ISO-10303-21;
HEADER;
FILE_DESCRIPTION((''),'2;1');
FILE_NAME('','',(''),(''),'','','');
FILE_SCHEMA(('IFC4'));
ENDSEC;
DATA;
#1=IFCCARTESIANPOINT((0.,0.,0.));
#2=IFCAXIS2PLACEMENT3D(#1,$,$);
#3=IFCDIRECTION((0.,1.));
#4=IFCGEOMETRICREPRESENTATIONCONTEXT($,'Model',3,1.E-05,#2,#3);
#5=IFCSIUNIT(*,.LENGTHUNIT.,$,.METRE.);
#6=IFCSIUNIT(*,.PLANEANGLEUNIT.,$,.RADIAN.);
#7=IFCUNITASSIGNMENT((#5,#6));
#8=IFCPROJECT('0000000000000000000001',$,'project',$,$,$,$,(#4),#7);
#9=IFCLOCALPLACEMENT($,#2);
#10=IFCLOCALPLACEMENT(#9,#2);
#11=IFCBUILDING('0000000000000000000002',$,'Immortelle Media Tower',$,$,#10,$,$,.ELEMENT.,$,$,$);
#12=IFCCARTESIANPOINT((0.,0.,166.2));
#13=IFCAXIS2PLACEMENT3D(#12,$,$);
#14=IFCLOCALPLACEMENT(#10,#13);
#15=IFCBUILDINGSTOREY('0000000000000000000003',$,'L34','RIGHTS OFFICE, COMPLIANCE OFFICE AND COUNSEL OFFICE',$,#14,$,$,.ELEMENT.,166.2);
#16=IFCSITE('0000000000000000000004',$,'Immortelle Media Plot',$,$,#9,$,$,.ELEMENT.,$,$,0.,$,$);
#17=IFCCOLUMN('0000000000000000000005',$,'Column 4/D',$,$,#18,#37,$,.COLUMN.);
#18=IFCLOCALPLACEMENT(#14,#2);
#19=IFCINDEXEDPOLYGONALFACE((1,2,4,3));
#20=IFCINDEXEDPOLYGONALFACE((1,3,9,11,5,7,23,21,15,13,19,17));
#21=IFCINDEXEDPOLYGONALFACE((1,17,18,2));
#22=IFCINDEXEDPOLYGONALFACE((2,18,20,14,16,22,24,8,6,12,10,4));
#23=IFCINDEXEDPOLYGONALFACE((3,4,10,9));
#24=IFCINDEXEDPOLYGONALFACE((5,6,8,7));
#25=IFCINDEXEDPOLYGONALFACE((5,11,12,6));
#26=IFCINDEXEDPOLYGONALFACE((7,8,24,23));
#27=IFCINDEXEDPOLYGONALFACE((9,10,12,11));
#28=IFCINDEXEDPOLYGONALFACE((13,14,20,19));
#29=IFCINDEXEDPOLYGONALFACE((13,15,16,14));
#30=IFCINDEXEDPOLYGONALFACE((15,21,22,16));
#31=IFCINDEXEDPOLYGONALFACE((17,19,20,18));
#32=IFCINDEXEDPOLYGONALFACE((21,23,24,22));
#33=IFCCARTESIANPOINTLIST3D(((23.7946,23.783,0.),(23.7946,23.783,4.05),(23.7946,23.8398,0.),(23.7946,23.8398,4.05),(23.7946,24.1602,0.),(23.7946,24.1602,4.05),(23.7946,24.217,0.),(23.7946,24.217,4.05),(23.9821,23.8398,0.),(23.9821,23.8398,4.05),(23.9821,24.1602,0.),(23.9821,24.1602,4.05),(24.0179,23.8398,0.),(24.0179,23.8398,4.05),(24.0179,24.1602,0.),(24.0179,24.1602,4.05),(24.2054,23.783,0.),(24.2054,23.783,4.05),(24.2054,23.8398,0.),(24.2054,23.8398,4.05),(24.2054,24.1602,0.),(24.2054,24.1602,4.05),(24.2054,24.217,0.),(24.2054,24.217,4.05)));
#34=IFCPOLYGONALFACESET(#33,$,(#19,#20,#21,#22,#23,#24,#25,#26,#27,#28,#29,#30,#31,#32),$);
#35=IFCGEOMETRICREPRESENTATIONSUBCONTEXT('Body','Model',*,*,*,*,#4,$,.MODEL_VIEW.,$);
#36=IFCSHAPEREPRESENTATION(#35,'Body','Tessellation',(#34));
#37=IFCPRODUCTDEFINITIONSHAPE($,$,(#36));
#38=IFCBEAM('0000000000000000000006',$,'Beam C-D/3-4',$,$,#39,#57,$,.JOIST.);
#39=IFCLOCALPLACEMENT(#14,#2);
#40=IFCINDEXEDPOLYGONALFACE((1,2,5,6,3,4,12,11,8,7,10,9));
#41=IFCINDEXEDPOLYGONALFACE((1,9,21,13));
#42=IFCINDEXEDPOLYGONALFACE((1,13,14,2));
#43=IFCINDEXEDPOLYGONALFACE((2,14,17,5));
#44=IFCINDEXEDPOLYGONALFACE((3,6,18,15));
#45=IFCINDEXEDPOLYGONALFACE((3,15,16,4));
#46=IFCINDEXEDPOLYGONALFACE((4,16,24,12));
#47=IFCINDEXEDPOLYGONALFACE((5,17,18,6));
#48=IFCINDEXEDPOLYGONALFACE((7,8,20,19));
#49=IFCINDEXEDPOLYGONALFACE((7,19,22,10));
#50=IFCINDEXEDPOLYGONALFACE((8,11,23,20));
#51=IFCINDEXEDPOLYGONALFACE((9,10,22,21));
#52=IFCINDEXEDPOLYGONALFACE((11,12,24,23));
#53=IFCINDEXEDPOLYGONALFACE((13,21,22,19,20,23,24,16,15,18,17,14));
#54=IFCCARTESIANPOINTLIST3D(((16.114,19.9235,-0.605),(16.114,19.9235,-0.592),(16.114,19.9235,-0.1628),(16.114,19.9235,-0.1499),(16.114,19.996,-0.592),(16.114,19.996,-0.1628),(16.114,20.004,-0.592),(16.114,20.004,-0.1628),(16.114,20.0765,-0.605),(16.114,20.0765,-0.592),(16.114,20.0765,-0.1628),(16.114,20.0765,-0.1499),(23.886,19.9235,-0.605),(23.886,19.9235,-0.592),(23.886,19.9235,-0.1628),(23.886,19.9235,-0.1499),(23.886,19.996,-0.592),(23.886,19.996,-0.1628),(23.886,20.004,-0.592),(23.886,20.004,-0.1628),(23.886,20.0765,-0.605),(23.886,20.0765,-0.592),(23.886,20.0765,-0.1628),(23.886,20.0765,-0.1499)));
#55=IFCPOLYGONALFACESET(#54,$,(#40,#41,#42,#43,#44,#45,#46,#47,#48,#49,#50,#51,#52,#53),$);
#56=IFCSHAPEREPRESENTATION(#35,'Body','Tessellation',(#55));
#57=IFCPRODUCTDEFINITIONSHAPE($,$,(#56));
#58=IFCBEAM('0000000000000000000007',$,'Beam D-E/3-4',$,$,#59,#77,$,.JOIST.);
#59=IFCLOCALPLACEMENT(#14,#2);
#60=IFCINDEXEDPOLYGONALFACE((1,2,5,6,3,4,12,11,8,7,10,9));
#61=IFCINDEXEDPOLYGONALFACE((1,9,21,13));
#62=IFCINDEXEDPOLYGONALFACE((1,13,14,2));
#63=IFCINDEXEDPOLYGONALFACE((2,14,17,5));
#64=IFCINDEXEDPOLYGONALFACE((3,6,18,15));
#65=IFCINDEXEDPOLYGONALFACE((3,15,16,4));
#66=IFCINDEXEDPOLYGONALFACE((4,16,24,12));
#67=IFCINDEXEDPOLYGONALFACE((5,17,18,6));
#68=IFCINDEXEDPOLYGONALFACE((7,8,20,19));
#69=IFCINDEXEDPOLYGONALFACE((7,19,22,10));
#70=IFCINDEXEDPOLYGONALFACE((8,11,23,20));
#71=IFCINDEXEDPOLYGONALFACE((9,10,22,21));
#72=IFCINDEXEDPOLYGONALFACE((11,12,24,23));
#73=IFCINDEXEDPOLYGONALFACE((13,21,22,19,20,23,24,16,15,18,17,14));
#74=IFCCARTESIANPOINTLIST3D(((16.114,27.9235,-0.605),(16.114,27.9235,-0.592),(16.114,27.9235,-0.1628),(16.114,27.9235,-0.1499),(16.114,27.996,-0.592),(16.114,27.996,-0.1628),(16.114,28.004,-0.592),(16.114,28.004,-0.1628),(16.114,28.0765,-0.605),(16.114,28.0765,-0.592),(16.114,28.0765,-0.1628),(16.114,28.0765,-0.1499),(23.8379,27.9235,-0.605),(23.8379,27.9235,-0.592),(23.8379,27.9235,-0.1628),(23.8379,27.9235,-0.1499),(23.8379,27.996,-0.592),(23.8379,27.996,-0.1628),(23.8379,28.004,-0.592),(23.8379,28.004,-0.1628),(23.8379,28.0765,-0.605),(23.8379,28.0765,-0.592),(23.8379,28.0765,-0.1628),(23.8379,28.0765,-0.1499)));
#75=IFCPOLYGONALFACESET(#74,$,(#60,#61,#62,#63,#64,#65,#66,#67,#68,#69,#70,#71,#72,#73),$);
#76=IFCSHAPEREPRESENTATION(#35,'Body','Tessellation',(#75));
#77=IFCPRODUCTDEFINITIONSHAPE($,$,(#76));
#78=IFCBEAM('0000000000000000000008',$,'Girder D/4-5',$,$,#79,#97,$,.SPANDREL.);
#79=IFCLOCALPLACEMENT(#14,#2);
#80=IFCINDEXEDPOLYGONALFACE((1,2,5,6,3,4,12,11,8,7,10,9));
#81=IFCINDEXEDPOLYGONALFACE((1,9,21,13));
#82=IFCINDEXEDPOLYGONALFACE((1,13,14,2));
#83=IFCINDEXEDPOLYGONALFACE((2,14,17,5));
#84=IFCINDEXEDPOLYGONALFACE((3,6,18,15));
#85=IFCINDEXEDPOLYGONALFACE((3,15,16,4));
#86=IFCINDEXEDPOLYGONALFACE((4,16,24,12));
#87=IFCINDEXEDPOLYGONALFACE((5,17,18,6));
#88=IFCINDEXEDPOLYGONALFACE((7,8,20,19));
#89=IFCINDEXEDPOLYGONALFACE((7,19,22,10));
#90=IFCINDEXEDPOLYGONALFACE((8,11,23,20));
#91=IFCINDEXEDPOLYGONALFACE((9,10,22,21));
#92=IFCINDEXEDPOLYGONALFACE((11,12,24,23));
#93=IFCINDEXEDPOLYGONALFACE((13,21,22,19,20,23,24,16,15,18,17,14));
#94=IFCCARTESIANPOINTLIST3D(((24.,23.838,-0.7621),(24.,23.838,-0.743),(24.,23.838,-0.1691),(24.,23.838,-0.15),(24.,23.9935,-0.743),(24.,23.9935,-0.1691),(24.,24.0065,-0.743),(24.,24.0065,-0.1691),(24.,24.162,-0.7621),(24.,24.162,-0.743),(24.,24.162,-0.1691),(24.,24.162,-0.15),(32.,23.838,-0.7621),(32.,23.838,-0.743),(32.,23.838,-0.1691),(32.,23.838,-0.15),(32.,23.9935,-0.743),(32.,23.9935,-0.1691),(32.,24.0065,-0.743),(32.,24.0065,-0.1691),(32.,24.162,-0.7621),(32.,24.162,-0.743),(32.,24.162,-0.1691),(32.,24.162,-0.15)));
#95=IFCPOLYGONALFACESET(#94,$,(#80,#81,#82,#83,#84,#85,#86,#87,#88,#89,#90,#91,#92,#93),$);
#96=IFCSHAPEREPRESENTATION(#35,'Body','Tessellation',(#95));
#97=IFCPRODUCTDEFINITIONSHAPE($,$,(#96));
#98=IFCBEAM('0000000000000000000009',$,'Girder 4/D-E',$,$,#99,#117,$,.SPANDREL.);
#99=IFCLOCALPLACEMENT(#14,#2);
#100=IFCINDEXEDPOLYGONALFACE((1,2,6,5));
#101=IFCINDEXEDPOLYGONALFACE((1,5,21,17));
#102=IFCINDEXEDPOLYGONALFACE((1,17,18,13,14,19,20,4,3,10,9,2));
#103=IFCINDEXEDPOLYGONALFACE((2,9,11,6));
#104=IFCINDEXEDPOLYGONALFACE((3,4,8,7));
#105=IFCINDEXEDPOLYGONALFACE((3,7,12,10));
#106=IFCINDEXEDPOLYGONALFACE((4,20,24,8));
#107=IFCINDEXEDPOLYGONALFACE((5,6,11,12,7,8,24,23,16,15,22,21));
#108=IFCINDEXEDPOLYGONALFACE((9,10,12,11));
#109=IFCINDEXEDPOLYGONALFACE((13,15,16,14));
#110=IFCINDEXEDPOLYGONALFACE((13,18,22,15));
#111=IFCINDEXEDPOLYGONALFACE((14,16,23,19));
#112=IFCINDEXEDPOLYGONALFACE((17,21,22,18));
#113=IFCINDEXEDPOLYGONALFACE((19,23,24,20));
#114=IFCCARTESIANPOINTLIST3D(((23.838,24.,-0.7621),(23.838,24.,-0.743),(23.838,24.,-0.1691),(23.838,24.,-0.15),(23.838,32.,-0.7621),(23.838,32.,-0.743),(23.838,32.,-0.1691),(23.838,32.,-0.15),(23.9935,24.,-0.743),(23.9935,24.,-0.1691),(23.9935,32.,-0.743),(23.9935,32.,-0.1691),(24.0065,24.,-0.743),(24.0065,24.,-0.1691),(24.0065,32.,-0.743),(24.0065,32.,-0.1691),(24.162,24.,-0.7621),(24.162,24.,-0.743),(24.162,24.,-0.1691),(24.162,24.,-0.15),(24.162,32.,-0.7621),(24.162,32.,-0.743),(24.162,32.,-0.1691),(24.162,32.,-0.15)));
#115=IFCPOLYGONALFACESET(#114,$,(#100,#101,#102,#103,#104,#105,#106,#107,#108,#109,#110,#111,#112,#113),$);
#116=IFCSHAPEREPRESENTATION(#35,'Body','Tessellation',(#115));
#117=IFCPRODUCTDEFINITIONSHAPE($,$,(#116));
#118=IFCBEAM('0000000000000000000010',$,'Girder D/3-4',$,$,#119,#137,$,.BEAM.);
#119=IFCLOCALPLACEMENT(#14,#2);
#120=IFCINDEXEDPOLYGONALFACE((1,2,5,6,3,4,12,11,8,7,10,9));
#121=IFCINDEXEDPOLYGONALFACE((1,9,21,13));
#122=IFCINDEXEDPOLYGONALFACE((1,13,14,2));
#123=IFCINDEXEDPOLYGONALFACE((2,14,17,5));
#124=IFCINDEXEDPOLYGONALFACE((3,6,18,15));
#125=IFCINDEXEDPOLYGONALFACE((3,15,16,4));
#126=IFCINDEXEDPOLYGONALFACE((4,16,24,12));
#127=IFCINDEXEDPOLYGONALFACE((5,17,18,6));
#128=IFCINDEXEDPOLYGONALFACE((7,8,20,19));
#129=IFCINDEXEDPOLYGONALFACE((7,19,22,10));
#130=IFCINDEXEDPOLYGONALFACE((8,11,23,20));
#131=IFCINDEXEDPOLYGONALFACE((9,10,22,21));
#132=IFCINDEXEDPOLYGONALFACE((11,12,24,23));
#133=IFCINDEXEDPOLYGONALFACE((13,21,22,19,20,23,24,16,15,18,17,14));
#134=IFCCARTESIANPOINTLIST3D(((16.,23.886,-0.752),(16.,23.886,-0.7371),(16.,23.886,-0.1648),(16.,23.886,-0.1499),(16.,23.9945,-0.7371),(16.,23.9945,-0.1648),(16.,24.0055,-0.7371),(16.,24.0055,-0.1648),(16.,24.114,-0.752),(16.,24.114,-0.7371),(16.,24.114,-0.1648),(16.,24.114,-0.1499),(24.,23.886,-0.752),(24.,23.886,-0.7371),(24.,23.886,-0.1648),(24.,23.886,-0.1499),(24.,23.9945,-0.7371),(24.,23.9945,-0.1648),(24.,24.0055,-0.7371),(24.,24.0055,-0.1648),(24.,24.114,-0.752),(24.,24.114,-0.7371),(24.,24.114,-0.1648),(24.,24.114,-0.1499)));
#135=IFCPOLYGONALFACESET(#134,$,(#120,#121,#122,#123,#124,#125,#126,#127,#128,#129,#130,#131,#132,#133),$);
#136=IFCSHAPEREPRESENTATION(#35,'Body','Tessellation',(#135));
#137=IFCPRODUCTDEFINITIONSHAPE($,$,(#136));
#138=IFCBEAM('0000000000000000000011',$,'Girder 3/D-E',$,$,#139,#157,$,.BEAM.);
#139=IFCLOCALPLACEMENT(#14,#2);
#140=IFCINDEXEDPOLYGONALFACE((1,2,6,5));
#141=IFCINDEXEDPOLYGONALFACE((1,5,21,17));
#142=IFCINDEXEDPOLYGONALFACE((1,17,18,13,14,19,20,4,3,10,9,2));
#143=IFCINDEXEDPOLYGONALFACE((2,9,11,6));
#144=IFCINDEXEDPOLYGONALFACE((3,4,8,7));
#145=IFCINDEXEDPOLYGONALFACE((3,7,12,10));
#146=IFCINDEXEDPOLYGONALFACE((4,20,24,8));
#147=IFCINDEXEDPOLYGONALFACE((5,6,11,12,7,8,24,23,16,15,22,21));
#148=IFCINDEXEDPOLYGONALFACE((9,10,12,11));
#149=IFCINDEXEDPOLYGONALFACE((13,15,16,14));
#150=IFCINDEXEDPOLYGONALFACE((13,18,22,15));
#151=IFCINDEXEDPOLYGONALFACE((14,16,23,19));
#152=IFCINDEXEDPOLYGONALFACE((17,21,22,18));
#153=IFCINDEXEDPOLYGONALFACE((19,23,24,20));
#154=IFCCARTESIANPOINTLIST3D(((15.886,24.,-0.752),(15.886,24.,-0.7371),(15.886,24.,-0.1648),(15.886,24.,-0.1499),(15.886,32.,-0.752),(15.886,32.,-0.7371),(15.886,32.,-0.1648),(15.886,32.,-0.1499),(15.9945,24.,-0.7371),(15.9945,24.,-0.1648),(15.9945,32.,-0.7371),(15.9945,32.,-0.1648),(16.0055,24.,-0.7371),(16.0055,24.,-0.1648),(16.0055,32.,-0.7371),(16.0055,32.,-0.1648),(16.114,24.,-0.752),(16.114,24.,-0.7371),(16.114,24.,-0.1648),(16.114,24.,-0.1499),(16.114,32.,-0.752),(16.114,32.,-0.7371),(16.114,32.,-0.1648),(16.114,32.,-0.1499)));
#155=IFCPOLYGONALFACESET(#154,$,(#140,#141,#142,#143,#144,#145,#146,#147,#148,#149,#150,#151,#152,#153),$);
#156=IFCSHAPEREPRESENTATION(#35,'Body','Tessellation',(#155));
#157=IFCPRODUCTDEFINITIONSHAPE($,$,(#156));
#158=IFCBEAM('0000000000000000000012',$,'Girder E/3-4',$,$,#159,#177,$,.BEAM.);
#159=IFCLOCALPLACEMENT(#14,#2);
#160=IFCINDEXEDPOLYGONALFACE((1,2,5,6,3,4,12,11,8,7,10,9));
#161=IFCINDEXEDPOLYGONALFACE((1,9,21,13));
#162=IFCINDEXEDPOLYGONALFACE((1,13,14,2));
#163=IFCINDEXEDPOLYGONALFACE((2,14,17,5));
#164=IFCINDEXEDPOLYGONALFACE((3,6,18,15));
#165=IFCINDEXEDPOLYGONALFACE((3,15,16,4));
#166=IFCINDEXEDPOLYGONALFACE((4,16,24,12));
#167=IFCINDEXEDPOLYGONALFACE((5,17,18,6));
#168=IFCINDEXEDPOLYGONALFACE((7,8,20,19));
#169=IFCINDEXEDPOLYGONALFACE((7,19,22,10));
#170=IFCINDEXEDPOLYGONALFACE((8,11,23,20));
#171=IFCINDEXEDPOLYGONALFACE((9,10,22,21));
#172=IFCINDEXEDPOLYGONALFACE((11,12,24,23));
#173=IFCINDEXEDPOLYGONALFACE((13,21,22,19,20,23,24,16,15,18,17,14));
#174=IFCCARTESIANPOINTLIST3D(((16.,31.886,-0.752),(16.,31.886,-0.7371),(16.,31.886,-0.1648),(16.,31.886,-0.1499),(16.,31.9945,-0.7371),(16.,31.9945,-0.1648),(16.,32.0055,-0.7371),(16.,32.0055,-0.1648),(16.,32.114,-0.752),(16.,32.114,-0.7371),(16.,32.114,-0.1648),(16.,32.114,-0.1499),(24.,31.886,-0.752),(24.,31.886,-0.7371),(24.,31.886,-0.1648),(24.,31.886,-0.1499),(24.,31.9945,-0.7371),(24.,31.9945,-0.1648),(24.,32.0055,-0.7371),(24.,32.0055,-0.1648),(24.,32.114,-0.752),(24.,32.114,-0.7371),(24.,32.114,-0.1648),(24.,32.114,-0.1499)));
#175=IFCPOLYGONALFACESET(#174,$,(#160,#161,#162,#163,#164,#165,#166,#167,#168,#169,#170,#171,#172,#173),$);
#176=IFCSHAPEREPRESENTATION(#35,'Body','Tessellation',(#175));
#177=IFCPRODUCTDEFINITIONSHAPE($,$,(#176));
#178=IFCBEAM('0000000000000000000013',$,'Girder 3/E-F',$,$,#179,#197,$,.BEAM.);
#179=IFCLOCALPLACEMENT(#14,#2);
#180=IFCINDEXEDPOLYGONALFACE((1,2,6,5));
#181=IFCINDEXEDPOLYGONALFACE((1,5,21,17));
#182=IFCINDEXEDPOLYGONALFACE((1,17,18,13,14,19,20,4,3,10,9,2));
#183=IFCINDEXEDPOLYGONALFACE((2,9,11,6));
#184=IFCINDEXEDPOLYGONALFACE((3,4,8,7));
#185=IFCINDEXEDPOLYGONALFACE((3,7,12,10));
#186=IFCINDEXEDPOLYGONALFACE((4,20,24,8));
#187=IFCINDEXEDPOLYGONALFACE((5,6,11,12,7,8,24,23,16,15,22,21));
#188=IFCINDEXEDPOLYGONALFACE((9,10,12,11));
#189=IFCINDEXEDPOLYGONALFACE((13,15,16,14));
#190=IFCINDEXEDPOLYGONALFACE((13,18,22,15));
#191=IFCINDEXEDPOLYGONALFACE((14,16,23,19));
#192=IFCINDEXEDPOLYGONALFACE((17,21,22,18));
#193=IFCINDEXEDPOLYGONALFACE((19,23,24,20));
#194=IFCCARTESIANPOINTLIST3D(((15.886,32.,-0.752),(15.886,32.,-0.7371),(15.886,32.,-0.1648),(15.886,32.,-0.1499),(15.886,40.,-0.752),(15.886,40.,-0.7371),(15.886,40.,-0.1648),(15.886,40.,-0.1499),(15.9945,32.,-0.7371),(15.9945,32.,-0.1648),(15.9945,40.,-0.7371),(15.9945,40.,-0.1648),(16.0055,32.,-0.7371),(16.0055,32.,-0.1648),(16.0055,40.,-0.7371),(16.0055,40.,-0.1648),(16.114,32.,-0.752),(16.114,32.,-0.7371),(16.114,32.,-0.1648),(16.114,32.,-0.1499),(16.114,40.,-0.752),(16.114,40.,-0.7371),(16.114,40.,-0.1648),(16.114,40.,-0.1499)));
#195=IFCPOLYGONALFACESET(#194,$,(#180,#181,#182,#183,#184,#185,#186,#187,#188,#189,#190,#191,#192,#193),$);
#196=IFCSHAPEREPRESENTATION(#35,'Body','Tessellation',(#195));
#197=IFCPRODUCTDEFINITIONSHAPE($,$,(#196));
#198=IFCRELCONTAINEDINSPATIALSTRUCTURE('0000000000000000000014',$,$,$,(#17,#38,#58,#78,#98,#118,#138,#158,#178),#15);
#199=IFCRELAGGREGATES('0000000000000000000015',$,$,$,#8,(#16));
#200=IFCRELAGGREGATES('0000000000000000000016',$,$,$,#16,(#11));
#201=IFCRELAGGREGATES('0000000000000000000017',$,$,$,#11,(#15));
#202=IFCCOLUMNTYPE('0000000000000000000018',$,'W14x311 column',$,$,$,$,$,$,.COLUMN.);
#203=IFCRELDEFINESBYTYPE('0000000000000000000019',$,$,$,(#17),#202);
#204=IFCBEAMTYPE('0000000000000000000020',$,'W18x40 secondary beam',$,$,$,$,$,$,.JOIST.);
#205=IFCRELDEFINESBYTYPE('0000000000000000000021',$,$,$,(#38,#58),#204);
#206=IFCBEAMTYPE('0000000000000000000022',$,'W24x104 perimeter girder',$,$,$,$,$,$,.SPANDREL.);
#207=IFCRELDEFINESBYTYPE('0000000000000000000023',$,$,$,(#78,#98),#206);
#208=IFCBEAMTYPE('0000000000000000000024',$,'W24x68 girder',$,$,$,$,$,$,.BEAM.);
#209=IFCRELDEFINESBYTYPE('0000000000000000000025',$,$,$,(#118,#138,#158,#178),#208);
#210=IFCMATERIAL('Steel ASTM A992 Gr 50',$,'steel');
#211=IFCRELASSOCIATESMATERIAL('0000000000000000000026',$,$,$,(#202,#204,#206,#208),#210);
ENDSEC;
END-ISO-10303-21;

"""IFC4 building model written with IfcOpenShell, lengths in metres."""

from ifc_helpers import new_model, si_unit, direction, frame, origin, origin_2d, place, context, subcontext, project, spatial, i_section, extrude, material, material_profile, profile_set, type_object, element, save


model = new_model("IFC4")

# Units and contexts
model_context = context("Model", 3, precision=1e-05, world=origin(), true_north=direction((0.0, 1.0)))
body_context = subcontext(model_context, "Body", "Model", "MODEL_VIEW")
ifc_project = project(units=[si_unit("LENGTHUNIT", "METRE"), si_unit("PLANEANGLEUNIT", "RADIAN")], contexts=[model_context])

# Site, building, storey
site_placement = place(None, origin())
site = spatial("IfcSite", under=ifc_project, at=site_placement, Name="Immortelle Media Plot", CompositionType="ELEMENT", RefElevation=0.0)
building_placement = place(site_placement, origin())
building = spatial("IfcBuilding", under=site, at=building_placement, Name="Immortelle Media Tower", CompositionType="ELEMENT")
storey_placement = place(building_placement, frame((0.0, 0.0, 166.2)))
storey = spatial("IfcBuildingStorey", under=building, at=storey_placement, Name="L34", Description="RIGHTS OFFICE, COMPLIANCE OFFICE AND COUNSEL OFFICE", CompositionType="ELEMENT", Elevation=166.2)

# Column
ifc_material_1 = material(Name="Steel ASTM A992 Gr 50", Category="steel")
ifc_material_profile_1 = material_profile(ifc_material_1, i_section(OverallWidth=0.4109, OverallDepth=0.4341, WebThickness=0.0359, FlangeThickness=0.0569, at=origin_2d()), Name="W14x311")
ifc_profile_set_1 = profile_set([ifc_material_profile_1], Name="Steel ASTM A992 Gr 50")
column_type = type_object("IfcColumnType", Name="W14x311 column", PredefinedType="COLUMN", material=ifc_profile_set_1)
column_placement = place(storey_placement, frame((24.0, 24.0, 0.0), z_axis=(0.0, 0.0, 1.0), x_axis=(1.0, 0.0, 0.0)))
element("IfcColumn", 1, at=column_placement, inside=storey, type_object=column_type, Name="Column 4/D", PredefinedType="COLUMN", context=body_context, shape_type="SweptSolid", body=[
    extrude(i_section(OverallWidth=0.4109, OverallDepth=0.4341, WebThickness=0.0359, FlangeThickness=0.0569, at=origin_2d()), origin(), (0.0, 0.0, 1.0), 4.05),
])

# Beams
ifc_material_profile_2 = material_profile(ifc_material_1, i_section(OverallWidth=0.1531, OverallDepth=0.4551, WebThickness=0.0081, FlangeThickness=0.0129, at=origin_2d()), Name="W18x40")
ifc_profile_set_2 = profile_set([ifc_material_profile_2], Name="Steel ASTM A992 Gr 50")
beam_type_1 = type_object("IfcBeamType", Name="W18x40 secondary beam", PredefinedType="JOIST", material=ifc_profile_set_2)
beam_1_placement = place(storey_placement, frame((16.114, 20.0, -0.3774), z_axis=(1.0, 0.0, 0.0), x_axis=(0.0, 1.0, 0.0)))
element("IfcBeam", 2, at=beam_1_placement, inside=storey, type_object=beam_type_1, Name="Beam C-D/3-4", PredefinedType="JOIST", context=body_context, shape_type="SweptSolid", body=[
    extrude(i_section(OverallWidth=0.1531, OverallDepth=0.4551, WebThickness=0.0081, FlangeThickness=0.0129, at=origin_2d()), origin(), (0.0, 0.0, 1.0), 7.772),
])
beam_2_placement = place(storey_placement, frame((16.114, 28.0, -0.3774), z_axis=(1.0, 0.0, 0.0), x_axis=(0.0, 1.0, 0.0)))
element("IfcBeam", 3, at=beam_2_placement, inside=storey, type_object=beam_type_1, Name="Beam D-E/3-4", PredefinedType="JOIST", context=body_context, shape_type="SweptSolid", body=[
    extrude(i_section(OverallWidth=0.1531, OverallDepth=0.4551, WebThickness=0.0081, FlangeThickness=0.0129, at=origin_2d()), origin(), (0.0, 0.0, 1.0), 7.7239),
])
ifc_material_profile_3 = material_profile(ifc_material_1, i_section(OverallWidth=0.324, OverallDepth=0.6121, WebThickness=0.0129, FlangeThickness=0.019, at=origin_2d()), Name="W24x104")
ifc_profile_set_3 = profile_set([ifc_material_profile_3], Name="Steel ASTM A992 Gr 50")
beam_type_2 = type_object("IfcBeamType", Name="W24x104 perimeter girder", PredefinedType="SPANDREL", material=ifc_profile_set_3)
for number, where, z_axis, x_axis, name in (
    (4, (24.0, 24.0, -0.4561), (1.0, 0.0, 0.0), (0.0, 1.0, 0.0), "Girder D/4-5"),
    (5, (24.0, 24.0, -0.4561), (0.0, 1.0, 0.0), (-1.0, 0.0, 0.0), "Girder 4/D-E"),
):
    element("IfcBeam", number, at=place(storey_placement, frame(where, z_axis=z_axis, x_axis=x_axis)), inside=storey, type_object=beam_type_2, Name=name, PredefinedType="SPANDREL", context=body_context, shape_type="SweptSolid", body=[
        extrude(i_section(OverallWidth=0.324, OverallDepth=0.6121, WebThickness=0.0129, FlangeThickness=0.019, at=origin_2d()), origin(), (0.0, 0.0, 1.0), 8.0),
    ])
ifc_material_profile_4 = material_profile(ifc_material_1, i_section(OverallWidth=0.228, OverallDepth=0.6021, WebThickness=0.011, FlangeThickness=0.0149, at=origin_2d()), Name="W24x68")
ifc_profile_set_4 = profile_set([ifc_material_profile_4], Name="Steel ASTM A992 Gr 50")
beam_type_3 = type_object("IfcBeamType", Name="W24x68 girder", PredefinedType="BEAM", material=ifc_profile_set_4)
for number, where, z_axis, x_axis, name in (
    (6, (16.0, 24.0, -0.4509), (1.0, 0.0, 0.0), (0.0, 1.0, 0.0), "Girder D/3-4"),
    (7, (16.0, 24.0, -0.4509), (0.0, 1.0, 0.0), (-1.0, 0.0, 0.0), "Girder 3/D-E"),
    (8, (16.0, 32.0, -0.4509), (1.0, 0.0, 0.0), (0.0, 1.0, 0.0), "Girder E/3-4"),
    (9, (16.0, 32.0, -0.4509), (0.0, 1.0, 0.0), (-1.0, 0.0, 0.0), "Girder 3/E-F"),
):
    element("IfcBeam", number, at=place(storey_placement, frame(where, z_axis=z_axis, x_axis=x_axis)), inside=storey, type_object=beam_type_3, Name=name, PredefinedType="BEAM", context=body_context, shape_type="SweptSolid", body=[
        extrude(i_section(OverallWidth=0.228, OverallDepth=0.6021, WebThickness=0.011, FlangeThickness=0.0149, at=origin_2d()), origin(), (0.0, 0.0, 1.0), 8.0),
    ])

save(model, "model.ifc")
